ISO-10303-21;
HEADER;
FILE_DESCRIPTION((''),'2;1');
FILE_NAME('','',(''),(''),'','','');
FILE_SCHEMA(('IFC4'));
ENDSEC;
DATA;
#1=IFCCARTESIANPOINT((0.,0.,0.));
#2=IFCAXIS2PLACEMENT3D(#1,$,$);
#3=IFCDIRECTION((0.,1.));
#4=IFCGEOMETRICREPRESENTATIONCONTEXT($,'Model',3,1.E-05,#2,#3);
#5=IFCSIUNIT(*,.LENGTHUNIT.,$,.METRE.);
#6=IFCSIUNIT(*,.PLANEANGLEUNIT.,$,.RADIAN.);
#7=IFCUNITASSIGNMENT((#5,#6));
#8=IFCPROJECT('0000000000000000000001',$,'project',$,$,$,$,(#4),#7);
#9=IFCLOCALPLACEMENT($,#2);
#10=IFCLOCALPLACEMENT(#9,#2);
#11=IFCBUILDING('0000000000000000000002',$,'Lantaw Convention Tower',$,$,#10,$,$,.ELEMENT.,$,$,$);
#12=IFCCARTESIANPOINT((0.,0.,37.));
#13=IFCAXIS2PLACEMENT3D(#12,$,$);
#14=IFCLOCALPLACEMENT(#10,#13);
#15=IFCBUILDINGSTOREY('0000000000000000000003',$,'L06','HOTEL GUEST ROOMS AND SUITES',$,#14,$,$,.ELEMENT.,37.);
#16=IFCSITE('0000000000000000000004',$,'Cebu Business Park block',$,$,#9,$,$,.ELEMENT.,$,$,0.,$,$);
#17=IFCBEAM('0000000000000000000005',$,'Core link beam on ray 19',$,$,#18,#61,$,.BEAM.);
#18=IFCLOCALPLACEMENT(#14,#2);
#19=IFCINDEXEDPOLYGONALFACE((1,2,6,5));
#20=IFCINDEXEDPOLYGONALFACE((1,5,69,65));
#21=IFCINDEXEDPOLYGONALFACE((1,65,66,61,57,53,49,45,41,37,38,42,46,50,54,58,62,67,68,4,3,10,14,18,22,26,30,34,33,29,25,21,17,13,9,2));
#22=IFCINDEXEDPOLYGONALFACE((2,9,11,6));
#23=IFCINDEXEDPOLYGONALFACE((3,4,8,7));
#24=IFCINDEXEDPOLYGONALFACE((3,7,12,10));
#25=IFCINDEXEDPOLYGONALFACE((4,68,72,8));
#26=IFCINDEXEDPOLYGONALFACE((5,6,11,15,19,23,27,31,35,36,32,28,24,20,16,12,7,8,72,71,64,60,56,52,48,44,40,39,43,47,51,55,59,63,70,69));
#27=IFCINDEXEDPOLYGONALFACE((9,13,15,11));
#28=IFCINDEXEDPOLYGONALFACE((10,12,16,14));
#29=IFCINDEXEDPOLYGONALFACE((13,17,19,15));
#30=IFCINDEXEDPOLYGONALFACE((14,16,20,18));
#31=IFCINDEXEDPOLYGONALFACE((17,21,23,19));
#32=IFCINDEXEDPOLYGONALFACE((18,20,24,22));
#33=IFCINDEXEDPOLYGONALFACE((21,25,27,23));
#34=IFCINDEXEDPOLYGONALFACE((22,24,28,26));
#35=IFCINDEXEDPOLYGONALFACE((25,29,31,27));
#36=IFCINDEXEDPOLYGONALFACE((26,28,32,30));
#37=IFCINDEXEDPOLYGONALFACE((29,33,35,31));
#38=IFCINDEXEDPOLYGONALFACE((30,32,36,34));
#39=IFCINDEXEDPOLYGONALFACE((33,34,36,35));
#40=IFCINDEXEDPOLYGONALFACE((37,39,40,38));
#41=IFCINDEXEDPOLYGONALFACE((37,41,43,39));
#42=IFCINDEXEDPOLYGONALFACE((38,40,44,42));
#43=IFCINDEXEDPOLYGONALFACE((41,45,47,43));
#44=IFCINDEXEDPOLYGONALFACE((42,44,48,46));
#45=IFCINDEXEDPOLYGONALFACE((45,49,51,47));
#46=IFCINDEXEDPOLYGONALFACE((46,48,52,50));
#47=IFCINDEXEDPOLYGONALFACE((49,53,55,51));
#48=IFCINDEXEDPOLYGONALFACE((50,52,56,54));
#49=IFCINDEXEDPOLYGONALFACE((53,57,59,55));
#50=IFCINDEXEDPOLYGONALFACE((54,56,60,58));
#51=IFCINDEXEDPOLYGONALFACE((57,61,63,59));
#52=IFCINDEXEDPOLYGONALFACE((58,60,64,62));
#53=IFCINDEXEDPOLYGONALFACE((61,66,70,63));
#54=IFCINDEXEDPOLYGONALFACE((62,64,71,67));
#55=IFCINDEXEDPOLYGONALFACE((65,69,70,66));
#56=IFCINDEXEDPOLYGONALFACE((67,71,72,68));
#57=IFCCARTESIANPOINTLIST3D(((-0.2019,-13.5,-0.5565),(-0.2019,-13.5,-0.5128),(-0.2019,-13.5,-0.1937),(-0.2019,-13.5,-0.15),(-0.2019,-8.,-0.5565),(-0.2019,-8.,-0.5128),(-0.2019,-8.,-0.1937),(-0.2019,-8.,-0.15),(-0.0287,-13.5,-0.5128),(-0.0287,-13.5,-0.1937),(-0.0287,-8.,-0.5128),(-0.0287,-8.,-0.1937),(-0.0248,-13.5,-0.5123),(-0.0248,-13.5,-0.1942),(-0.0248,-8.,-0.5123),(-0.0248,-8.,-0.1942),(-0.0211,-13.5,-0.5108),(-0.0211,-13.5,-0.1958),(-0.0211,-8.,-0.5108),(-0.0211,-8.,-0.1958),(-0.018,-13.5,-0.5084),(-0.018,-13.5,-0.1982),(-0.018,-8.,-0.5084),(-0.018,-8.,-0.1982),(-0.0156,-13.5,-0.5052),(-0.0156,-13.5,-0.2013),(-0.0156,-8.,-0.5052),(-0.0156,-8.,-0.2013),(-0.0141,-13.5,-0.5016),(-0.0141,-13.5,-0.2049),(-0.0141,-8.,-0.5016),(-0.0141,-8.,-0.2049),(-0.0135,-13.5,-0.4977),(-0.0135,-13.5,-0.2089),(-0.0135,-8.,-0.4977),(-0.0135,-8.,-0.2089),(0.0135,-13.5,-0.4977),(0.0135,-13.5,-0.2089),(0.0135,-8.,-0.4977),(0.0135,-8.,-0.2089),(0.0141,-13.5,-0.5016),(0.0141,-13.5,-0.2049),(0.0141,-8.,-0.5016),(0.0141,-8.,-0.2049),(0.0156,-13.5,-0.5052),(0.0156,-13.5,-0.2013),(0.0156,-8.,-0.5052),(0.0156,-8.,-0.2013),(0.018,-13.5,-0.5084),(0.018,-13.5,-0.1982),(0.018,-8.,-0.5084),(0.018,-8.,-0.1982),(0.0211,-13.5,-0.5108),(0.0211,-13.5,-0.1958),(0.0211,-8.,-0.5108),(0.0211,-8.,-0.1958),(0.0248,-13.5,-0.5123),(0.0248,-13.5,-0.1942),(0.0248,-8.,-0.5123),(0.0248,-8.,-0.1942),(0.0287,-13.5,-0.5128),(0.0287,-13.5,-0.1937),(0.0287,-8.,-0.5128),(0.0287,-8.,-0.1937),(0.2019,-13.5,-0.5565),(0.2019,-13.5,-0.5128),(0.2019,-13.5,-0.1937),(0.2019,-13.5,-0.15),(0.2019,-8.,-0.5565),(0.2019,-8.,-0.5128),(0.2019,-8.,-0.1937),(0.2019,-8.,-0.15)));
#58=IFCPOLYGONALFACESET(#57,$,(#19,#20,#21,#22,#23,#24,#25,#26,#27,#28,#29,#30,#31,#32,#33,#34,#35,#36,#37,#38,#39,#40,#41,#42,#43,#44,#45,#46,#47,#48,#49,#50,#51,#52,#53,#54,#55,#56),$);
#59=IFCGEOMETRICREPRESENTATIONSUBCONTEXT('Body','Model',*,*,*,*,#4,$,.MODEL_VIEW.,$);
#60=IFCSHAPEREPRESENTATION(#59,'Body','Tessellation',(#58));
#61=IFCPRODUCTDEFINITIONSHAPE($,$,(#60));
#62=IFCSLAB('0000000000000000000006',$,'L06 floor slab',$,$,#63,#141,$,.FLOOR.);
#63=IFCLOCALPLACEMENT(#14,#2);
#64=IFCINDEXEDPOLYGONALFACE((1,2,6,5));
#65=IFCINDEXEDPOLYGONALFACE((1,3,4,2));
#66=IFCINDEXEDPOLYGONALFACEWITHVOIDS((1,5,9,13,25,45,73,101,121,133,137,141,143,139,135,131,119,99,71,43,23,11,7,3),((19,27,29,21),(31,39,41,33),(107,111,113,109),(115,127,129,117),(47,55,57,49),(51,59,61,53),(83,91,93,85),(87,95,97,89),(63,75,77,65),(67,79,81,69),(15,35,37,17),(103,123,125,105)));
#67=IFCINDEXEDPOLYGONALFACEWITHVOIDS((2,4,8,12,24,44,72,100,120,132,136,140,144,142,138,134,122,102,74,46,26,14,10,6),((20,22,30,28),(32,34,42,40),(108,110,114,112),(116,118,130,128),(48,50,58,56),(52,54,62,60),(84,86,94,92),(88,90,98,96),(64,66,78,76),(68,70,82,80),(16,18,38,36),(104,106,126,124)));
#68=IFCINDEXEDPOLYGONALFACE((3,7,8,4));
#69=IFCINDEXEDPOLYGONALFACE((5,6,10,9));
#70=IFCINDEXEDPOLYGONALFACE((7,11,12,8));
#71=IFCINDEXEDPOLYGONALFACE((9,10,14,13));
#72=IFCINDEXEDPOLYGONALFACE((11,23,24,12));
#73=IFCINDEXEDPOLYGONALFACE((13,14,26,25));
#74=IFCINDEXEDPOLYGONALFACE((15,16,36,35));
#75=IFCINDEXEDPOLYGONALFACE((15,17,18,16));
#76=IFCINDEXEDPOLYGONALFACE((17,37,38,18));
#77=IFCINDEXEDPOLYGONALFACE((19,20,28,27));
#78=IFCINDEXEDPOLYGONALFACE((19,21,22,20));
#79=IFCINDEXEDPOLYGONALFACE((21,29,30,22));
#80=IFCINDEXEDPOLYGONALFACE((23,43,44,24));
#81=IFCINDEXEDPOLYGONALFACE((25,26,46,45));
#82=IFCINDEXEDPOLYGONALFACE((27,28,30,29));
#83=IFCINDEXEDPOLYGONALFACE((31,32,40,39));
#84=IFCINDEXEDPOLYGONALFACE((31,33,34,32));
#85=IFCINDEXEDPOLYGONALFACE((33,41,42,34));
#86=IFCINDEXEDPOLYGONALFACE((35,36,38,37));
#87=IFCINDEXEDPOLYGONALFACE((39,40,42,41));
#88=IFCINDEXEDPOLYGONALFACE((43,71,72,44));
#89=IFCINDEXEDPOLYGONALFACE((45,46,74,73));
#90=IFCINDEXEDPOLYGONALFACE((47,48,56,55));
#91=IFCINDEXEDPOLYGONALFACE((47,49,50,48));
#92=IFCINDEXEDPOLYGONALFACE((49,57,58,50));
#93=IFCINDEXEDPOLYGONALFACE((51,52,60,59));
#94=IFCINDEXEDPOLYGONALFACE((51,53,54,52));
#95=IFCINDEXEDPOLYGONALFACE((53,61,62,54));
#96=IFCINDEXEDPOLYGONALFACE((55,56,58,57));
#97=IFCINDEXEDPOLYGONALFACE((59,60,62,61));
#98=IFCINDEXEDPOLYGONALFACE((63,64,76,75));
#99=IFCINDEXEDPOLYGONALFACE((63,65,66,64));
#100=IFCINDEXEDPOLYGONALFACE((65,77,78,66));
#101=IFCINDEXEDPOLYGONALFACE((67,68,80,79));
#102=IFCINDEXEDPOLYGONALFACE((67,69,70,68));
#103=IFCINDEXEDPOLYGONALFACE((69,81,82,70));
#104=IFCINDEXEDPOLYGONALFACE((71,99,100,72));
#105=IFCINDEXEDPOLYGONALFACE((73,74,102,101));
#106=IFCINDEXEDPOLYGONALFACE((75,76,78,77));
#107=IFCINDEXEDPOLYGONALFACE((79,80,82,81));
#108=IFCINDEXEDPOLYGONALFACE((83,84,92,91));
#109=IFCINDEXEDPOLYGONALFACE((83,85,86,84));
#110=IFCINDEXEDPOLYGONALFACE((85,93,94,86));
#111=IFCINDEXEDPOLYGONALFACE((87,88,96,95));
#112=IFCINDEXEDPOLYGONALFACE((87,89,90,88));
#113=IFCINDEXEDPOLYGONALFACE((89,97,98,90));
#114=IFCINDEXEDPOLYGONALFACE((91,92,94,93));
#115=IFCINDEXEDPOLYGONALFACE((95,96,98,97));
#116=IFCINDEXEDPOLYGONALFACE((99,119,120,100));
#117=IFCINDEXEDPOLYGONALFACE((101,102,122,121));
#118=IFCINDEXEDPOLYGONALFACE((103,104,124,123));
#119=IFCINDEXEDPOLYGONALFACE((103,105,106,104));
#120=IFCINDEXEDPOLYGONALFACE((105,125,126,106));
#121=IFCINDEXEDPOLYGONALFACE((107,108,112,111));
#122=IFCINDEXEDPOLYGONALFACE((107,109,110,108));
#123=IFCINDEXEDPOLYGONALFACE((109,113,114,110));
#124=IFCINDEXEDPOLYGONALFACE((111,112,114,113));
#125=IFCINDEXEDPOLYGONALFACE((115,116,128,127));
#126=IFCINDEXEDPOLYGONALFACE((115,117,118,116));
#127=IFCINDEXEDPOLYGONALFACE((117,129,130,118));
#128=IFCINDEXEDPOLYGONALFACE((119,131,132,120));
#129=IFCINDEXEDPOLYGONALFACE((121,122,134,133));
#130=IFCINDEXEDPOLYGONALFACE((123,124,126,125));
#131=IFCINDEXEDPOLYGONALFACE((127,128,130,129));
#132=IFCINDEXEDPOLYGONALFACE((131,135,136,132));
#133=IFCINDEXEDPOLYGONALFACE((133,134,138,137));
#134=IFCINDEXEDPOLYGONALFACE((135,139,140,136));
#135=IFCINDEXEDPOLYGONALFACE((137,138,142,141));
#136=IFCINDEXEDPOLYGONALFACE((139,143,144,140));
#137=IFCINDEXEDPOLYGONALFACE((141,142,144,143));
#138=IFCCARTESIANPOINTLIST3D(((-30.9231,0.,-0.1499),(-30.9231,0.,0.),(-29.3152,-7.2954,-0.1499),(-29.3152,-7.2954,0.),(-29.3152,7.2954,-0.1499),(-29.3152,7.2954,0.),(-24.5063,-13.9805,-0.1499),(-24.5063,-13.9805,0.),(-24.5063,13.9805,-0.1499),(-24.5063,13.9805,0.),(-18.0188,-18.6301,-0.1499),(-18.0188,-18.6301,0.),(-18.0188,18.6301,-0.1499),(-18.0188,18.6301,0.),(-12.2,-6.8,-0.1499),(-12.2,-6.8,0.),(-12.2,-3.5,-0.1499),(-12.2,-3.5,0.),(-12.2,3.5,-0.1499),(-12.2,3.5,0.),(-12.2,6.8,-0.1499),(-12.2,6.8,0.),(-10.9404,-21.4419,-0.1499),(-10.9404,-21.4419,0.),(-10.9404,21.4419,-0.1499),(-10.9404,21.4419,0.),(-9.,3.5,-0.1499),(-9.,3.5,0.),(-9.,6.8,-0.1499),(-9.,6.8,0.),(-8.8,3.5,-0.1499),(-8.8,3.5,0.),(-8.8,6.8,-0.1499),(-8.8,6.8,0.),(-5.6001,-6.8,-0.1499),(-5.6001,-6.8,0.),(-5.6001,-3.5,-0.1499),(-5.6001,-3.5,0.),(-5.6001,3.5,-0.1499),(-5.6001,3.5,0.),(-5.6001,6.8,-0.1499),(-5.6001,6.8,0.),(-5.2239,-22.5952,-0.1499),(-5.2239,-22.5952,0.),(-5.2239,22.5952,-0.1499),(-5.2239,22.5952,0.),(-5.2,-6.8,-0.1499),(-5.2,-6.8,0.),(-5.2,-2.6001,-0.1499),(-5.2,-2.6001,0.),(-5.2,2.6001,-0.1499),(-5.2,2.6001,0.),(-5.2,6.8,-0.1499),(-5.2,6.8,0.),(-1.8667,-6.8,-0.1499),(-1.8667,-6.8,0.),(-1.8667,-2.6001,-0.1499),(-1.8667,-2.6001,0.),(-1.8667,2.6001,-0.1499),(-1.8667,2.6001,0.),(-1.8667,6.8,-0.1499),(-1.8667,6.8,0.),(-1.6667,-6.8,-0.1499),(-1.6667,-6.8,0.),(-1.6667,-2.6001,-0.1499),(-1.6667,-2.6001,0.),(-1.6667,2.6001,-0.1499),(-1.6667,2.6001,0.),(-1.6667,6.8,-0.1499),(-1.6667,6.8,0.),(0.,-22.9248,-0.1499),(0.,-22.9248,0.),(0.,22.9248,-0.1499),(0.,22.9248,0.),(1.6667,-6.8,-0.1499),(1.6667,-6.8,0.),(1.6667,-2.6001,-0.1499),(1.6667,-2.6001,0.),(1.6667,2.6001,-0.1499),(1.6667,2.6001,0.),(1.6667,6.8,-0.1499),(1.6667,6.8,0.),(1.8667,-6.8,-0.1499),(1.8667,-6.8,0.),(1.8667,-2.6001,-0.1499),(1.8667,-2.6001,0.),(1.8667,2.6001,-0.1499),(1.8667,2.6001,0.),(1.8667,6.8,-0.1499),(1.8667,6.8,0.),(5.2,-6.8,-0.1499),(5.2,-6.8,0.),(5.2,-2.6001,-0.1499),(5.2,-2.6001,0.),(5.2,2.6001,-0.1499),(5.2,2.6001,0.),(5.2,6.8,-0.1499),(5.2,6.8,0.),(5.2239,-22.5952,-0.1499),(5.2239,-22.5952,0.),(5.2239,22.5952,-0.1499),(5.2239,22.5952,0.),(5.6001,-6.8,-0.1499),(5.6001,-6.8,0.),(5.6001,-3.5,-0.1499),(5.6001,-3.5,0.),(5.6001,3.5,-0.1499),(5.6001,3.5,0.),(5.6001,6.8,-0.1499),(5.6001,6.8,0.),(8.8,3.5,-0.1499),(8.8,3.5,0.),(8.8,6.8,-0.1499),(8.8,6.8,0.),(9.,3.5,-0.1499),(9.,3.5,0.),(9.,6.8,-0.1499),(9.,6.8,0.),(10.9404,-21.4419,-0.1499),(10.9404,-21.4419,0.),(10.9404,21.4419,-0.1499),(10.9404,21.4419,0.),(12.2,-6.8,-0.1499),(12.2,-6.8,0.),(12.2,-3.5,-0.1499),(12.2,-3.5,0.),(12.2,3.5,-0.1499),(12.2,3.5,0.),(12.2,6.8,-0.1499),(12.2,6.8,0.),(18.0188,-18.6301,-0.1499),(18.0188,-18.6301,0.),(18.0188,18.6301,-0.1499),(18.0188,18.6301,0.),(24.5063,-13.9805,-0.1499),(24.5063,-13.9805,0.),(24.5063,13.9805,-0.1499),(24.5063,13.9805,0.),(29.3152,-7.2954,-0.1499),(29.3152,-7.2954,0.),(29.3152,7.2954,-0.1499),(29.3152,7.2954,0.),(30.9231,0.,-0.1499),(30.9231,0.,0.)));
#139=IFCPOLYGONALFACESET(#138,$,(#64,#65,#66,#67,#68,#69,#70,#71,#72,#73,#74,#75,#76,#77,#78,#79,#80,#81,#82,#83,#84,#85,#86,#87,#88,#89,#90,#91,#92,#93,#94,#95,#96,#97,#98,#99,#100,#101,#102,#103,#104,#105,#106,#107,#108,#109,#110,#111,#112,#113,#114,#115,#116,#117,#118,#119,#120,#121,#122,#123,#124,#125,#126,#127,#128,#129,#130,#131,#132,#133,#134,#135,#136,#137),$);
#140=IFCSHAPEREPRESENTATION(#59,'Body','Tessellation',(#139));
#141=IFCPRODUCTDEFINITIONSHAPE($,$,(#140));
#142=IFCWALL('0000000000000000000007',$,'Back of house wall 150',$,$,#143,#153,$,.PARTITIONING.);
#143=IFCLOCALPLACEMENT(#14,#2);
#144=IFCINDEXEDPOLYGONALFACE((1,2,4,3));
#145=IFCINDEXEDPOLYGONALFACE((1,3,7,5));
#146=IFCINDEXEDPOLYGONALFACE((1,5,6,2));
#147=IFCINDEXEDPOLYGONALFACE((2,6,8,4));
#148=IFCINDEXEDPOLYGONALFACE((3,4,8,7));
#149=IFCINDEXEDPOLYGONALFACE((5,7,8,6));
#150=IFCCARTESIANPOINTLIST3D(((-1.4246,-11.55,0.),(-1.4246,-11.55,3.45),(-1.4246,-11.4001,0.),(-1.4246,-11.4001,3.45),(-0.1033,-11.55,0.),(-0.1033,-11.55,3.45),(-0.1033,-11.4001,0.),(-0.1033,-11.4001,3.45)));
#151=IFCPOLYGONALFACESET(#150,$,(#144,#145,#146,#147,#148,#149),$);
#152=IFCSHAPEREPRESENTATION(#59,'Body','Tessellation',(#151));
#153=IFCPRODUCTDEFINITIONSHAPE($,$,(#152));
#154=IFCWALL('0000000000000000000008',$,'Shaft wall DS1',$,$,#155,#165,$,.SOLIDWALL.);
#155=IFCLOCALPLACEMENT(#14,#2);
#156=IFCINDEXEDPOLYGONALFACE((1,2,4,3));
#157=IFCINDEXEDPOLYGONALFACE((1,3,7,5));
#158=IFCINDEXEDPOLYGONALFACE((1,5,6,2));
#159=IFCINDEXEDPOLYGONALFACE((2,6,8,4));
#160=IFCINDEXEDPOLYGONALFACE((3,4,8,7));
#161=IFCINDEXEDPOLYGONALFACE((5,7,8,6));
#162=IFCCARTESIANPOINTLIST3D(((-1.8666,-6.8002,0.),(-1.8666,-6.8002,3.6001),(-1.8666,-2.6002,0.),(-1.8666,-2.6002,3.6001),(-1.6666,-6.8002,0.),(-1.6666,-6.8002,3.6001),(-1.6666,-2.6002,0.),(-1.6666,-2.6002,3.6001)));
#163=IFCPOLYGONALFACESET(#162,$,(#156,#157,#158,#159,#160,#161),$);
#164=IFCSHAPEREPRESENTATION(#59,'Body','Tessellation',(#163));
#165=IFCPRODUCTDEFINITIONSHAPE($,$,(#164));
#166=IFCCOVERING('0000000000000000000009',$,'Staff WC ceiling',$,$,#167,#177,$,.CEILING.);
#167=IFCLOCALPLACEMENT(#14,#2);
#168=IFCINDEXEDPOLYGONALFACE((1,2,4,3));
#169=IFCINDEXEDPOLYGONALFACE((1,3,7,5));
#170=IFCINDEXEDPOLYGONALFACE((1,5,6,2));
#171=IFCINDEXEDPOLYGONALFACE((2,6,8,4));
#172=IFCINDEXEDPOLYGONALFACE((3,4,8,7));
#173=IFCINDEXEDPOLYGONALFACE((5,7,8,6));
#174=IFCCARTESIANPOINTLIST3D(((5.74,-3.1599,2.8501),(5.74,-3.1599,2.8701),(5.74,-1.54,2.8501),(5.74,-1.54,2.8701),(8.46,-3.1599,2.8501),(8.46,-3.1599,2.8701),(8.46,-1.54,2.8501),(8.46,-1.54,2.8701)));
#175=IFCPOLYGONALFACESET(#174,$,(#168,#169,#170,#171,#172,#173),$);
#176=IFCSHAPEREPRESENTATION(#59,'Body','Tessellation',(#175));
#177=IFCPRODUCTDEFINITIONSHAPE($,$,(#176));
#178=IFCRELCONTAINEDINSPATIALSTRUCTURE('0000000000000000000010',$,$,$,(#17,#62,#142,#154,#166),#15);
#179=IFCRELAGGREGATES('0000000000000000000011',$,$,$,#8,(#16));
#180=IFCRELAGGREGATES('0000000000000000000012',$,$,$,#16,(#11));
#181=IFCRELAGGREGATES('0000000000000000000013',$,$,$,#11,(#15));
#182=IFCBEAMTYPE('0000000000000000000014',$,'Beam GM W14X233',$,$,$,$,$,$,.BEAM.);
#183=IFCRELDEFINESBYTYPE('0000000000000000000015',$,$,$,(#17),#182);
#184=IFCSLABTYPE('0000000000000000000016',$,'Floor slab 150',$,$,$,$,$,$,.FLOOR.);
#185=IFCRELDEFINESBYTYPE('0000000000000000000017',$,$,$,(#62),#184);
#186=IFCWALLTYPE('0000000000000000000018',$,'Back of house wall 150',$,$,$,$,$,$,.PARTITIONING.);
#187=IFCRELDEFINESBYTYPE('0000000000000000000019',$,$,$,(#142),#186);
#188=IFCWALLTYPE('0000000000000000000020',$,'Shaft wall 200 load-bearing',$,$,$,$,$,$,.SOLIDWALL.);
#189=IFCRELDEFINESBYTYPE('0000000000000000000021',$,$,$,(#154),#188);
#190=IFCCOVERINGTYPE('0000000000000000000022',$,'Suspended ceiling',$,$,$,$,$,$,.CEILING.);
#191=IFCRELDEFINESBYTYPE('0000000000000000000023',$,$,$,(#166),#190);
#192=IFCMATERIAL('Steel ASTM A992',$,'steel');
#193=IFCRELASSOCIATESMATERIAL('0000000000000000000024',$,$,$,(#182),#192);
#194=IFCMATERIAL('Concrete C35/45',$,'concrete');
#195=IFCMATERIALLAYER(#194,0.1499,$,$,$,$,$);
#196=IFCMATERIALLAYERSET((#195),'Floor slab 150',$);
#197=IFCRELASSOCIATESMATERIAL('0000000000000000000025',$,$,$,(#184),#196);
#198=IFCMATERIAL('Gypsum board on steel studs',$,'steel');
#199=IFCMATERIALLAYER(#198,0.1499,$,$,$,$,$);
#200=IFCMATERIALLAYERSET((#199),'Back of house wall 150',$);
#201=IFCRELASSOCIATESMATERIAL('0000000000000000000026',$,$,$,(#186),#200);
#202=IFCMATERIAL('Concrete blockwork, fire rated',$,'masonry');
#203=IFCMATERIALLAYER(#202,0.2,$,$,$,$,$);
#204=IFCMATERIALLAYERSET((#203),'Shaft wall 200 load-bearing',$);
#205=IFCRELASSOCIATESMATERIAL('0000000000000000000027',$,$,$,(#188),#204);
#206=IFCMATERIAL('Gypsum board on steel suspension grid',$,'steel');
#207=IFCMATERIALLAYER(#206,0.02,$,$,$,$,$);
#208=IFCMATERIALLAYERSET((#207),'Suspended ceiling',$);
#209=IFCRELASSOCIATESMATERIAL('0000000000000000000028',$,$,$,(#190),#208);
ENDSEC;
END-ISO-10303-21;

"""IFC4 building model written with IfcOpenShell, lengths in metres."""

from ifc_helpers import new_model, si_unit, direction, frame, frame_2d, origin, origin_2d, place, context, subcontext, project, spatial, polyline, rectangle, i_section, outline, extrude, material, layer, layer_set, material_profile, profile_set, type_object, element, save


model = new_model("IFC4")

# Units and contexts
model_context = context("Model", 3, precision=1e-05, world=origin(), true_north=direction((0.0, 1.0)))
body_context = subcontext(model_context, "Body", "Model", "MODEL_VIEW")
ifc_project = project(units=[si_unit("LENGTHUNIT", "METRE"), si_unit("PLANEANGLEUNIT", "RADIAN")], contexts=[model_context])

# Site, building, storey
site_placement = place(None, origin())
site = spatial("IfcSite", under=ifc_project, at=site_placement, Name="Cebu Business Park block", CompositionType="ELEMENT", RefElevation=0.0)
building_placement = place(site_placement, origin())
building = spatial("IfcBuilding", under=site, at=building_placement, Name="Lantaw Convention Tower", CompositionType="ELEMENT")
storey_placement = place(building_placement, frame((0.0, 0.0, 37.0)))
storey = spatial("IfcBuildingStorey", under=building, at=storey_placement, Name="L06", Description="HOTEL GUEST ROOMS AND SUITES", CompositionType="ELEMENT", Elevation=37.0)

# Beam
ifc_material_1 = material(Name="Steel ASTM A992", Category="steel")
ifc_material_profile = material_profile(ifc_material_1, i_section(OverallWidth=0.4038, OverallDepth=0.4065, WebThickness=0.0271, FlangeThickness=0.0437, FilletRadius=0.0151, at=origin_2d()), Name="W14X233")
ifc_profile_set = profile_set([ifc_material_profile], Name="Steel ASTM A992")
beam_type = type_object("IfcBeamType", Name="Beam GM W14X233", PredefinedType="BEAM", material=ifc_profile_set)
beam_placement = place(storey_placement, frame((0.0, -8.0, -0.3533), z_axis=(0.0, -1.0, 0.0), x_axis=(1.0, 0.0, 0.0)))
element("IfcBeam", 1, at=beam_placement, inside=storey, type_object=beam_type, Name="Core link beam on ray 19", PredefinedType="BEAM", context=body_context, shape_type="SweptSolid", body=[
    extrude(i_section(OverallWidth=0.4038, OverallDepth=0.4065, WebThickness=0.0271, FlangeThickness=0.0437, FilletRadius=0.0151, at=origin_2d()), origin(), (0.0, 0.0, 1.0), 5.5),
])

# Slab
ifc_material_2 = material(Name="Concrete C35/45", Category="concrete")
ifc_layer_1 = layer(ifc_material_2, 0.1499)
ifc_layer_set_1 = layer_set([ifc_layer_1], Name="Floor slab 150")
slab_type = type_object("IfcSlabType", Name="Floor slab 150", PredefinedType="FLOOR", material=ifc_layer_set_1)
slab_placement = place(storey_placement, frame((0.0, 0.0, -0.1499)))
element("IfcSlab", 2, at=slab_placement, inside=storey, type_object=slab_type, Name="L06 floor slab", PredefinedType="FLOOR", context=body_context, shape_type="SweptSolid", body=[
    extrude(outline(polyline([(29.3152, -7.2954), (30.9231, 0.0), (29.3152, 7.2954), (24.5063, 13.9805), (18.0188, 18.6301), (10.9404, 21.4419), (5.2239, 22.5952), (0.0, 22.9248), (-5.2239, 22.5952), (-10.9404, 21.4419), (-18.0188, 18.6301), (-24.5063, 13.9805), (-29.3152, 7.2954), (-30.9231, 0.0), (-29.3152, -7.2954), (-24.5063, -13.9805), (-18.0188, -18.6301), (-10.9404, -21.4419), (-5.2239, -22.5952), (0.0, -22.9248), (5.2239, -22.5952), (10.9404, -21.4419), (18.0188, -18.6301), (24.5063, -13.9805), (29.3152, -7.2954)]), holes=[polyline([(-5.6001, -3.5), (-12.2, -3.5), (-12.2, -6.8), (-5.6001, -6.8), (-5.6001, -3.5)]), polyline([(-1.8667, -6.8), (-1.8667, -2.6001), (-5.2, -2.6001), (-5.2, -6.8), (-1.8667, -6.8)]), polyline([(-1.8667, 2.6001), (-1.8667, 6.8), (-5.2, 6.8), (-5.2, 2.6001), (-1.8667, 2.6001)]), polyline([(1.6667, 6.8), (-1.6667, 6.8), (-1.6667, 2.6001), (1.6667, 2.6001), (1.6667, 6.8)]), polyline([(-9.0, 3.5), (-9.0, 6.8), (-12.2, 6.8), (-12.2, 3.5), (-9.0, 3.5)]), polyline([(-5.6001, 3.5), (-5.6001, 6.8), (-8.8, 6.8), (-8.8, 3.5), (-5.6001, 3.5)]), polyline([(12.2, -3.5), (5.6001, -3.5), (5.6001, -6.8), (12.2, -6.8), (12.2, -3.5)]), polyline([(1.6667, -6.8), (1.6667, -2.6001), (-1.6667, -2.6001), (-1.6667, -6.8), (1.6667, -6.8)]), polyline([(5.2, -6.8), (5.2, -2.6001), (1.8667, -2.6001), (1.8667, -6.8), (5.2, -6.8)]), polyline([(5.2, 6.8), (1.8667, 6.8), (1.8667, 2.6001), (5.2, 2.6001), (5.2, 6.8)]), polyline([(8.8, 3.5), (8.8, 6.8), (5.6001, 6.8), (5.6001, 3.5), (8.8, 3.5)]), polyline([(12.2, 3.5), (12.2, 6.8), (9.0, 6.8), (9.0, 3.5), (12.2, 3.5)])]), origin(), (0.0, 0.0, 1.0), 0.1499),
])

# Walls
ifc_material_3 = material(Name="Gypsum board on steel studs", Category="steel")
ifc_layer_2 = layer(ifc_material_3, 0.1499)
ifc_layer_set_2 = layer_set([ifc_layer_2], Name="Back of house wall 150")
wall_type_1 = type_object("IfcWallType", Name="Back of house wall 150", PredefinedType="PARTITIONING", material=ifc_layer_set_2)
wall_1_placement = place(storey_placement, frame((-1.4246, -11.4751, 0.0), z_axis=(0.0, 0.0, 1.0), x_axis=(1.0, 0.0, 0.0)))
element("IfcWall", 3, at=wall_1_placement, inside=storey, type_object=wall_type_1, Name="Back of house wall 150", PredefinedType="PARTITIONING", context=body_context, shape_type="SweptSolid", body=[
    extrude(rectangle(XDim=1.3213, YDim=0.1499, at=frame_2d((0.6606, 0.0))), origin(), (0.0, 0.0, 1.0), 3.45),
])
ifc_material_4 = material(Name="Concrete blockwork, fire rated", Category="masonry")
ifc_layer_3 = layer(ifc_material_4, 0.2)
ifc_layer_set_3 = layer_set([ifc_layer_3], Name="Shaft wall 200 load-bearing")
wall_type_2 = type_object("IfcWallType", Name="Shaft wall 200 load-bearing", PredefinedType="SOLIDWALL", material=ifc_layer_set_3)
wall_2_placement = place(storey_placement, frame((-1.7666, -2.6001, 0.0), z_axis=(0.0, 0.0, 1.0), x_axis=(0.0, -1.0, 0.0)))
element("IfcWall", 4, at=wall_2_placement, inside=storey, type_object=wall_type_2, Name="Shaft wall DS1", PredefinedType="SOLIDWALL", context=body_context, shape_type="SweptSolid", body=[
    extrude(rectangle(XDim=4.2, YDim=0.2, at=frame_2d((2.1001, 0.0))), origin(), (0.0, 0.0, 1.0), 3.6001),
])

# Covering
ifc_material_5 = material(Name="Gypsum board on steel suspension grid", Category="steel")
ifc_layer_4 = layer(ifc_material_5, 0.02)
ifc_layer_set_4 = layer_set([ifc_layer_4], Name="Suspended ceiling")
covering_type = type_object("IfcCoveringType", Name="Suspended ceiling", PredefinedType="CEILING", material=ifc_layer_set_4)
covering_1_placement = place(storey_placement, frame((0.0, 0.0, 2.8501)))
element("IfcCovering", 5, at=covering_1_placement, inside=storey, type_object=covering_type, Name="Staff WC ceiling", PredefinedType="CEILING", context=body_context, shape_type="SweptSolid", body=[
    extrude(outline(polyline([(5.74, -3.1599), (8.46, -3.1599), (8.46, -1.54), (5.74, -1.54), (5.74, -3.1599)])), origin(), (0.0, 0.0, 1.0), 0.02),
])

save(model, "model.ifc")
